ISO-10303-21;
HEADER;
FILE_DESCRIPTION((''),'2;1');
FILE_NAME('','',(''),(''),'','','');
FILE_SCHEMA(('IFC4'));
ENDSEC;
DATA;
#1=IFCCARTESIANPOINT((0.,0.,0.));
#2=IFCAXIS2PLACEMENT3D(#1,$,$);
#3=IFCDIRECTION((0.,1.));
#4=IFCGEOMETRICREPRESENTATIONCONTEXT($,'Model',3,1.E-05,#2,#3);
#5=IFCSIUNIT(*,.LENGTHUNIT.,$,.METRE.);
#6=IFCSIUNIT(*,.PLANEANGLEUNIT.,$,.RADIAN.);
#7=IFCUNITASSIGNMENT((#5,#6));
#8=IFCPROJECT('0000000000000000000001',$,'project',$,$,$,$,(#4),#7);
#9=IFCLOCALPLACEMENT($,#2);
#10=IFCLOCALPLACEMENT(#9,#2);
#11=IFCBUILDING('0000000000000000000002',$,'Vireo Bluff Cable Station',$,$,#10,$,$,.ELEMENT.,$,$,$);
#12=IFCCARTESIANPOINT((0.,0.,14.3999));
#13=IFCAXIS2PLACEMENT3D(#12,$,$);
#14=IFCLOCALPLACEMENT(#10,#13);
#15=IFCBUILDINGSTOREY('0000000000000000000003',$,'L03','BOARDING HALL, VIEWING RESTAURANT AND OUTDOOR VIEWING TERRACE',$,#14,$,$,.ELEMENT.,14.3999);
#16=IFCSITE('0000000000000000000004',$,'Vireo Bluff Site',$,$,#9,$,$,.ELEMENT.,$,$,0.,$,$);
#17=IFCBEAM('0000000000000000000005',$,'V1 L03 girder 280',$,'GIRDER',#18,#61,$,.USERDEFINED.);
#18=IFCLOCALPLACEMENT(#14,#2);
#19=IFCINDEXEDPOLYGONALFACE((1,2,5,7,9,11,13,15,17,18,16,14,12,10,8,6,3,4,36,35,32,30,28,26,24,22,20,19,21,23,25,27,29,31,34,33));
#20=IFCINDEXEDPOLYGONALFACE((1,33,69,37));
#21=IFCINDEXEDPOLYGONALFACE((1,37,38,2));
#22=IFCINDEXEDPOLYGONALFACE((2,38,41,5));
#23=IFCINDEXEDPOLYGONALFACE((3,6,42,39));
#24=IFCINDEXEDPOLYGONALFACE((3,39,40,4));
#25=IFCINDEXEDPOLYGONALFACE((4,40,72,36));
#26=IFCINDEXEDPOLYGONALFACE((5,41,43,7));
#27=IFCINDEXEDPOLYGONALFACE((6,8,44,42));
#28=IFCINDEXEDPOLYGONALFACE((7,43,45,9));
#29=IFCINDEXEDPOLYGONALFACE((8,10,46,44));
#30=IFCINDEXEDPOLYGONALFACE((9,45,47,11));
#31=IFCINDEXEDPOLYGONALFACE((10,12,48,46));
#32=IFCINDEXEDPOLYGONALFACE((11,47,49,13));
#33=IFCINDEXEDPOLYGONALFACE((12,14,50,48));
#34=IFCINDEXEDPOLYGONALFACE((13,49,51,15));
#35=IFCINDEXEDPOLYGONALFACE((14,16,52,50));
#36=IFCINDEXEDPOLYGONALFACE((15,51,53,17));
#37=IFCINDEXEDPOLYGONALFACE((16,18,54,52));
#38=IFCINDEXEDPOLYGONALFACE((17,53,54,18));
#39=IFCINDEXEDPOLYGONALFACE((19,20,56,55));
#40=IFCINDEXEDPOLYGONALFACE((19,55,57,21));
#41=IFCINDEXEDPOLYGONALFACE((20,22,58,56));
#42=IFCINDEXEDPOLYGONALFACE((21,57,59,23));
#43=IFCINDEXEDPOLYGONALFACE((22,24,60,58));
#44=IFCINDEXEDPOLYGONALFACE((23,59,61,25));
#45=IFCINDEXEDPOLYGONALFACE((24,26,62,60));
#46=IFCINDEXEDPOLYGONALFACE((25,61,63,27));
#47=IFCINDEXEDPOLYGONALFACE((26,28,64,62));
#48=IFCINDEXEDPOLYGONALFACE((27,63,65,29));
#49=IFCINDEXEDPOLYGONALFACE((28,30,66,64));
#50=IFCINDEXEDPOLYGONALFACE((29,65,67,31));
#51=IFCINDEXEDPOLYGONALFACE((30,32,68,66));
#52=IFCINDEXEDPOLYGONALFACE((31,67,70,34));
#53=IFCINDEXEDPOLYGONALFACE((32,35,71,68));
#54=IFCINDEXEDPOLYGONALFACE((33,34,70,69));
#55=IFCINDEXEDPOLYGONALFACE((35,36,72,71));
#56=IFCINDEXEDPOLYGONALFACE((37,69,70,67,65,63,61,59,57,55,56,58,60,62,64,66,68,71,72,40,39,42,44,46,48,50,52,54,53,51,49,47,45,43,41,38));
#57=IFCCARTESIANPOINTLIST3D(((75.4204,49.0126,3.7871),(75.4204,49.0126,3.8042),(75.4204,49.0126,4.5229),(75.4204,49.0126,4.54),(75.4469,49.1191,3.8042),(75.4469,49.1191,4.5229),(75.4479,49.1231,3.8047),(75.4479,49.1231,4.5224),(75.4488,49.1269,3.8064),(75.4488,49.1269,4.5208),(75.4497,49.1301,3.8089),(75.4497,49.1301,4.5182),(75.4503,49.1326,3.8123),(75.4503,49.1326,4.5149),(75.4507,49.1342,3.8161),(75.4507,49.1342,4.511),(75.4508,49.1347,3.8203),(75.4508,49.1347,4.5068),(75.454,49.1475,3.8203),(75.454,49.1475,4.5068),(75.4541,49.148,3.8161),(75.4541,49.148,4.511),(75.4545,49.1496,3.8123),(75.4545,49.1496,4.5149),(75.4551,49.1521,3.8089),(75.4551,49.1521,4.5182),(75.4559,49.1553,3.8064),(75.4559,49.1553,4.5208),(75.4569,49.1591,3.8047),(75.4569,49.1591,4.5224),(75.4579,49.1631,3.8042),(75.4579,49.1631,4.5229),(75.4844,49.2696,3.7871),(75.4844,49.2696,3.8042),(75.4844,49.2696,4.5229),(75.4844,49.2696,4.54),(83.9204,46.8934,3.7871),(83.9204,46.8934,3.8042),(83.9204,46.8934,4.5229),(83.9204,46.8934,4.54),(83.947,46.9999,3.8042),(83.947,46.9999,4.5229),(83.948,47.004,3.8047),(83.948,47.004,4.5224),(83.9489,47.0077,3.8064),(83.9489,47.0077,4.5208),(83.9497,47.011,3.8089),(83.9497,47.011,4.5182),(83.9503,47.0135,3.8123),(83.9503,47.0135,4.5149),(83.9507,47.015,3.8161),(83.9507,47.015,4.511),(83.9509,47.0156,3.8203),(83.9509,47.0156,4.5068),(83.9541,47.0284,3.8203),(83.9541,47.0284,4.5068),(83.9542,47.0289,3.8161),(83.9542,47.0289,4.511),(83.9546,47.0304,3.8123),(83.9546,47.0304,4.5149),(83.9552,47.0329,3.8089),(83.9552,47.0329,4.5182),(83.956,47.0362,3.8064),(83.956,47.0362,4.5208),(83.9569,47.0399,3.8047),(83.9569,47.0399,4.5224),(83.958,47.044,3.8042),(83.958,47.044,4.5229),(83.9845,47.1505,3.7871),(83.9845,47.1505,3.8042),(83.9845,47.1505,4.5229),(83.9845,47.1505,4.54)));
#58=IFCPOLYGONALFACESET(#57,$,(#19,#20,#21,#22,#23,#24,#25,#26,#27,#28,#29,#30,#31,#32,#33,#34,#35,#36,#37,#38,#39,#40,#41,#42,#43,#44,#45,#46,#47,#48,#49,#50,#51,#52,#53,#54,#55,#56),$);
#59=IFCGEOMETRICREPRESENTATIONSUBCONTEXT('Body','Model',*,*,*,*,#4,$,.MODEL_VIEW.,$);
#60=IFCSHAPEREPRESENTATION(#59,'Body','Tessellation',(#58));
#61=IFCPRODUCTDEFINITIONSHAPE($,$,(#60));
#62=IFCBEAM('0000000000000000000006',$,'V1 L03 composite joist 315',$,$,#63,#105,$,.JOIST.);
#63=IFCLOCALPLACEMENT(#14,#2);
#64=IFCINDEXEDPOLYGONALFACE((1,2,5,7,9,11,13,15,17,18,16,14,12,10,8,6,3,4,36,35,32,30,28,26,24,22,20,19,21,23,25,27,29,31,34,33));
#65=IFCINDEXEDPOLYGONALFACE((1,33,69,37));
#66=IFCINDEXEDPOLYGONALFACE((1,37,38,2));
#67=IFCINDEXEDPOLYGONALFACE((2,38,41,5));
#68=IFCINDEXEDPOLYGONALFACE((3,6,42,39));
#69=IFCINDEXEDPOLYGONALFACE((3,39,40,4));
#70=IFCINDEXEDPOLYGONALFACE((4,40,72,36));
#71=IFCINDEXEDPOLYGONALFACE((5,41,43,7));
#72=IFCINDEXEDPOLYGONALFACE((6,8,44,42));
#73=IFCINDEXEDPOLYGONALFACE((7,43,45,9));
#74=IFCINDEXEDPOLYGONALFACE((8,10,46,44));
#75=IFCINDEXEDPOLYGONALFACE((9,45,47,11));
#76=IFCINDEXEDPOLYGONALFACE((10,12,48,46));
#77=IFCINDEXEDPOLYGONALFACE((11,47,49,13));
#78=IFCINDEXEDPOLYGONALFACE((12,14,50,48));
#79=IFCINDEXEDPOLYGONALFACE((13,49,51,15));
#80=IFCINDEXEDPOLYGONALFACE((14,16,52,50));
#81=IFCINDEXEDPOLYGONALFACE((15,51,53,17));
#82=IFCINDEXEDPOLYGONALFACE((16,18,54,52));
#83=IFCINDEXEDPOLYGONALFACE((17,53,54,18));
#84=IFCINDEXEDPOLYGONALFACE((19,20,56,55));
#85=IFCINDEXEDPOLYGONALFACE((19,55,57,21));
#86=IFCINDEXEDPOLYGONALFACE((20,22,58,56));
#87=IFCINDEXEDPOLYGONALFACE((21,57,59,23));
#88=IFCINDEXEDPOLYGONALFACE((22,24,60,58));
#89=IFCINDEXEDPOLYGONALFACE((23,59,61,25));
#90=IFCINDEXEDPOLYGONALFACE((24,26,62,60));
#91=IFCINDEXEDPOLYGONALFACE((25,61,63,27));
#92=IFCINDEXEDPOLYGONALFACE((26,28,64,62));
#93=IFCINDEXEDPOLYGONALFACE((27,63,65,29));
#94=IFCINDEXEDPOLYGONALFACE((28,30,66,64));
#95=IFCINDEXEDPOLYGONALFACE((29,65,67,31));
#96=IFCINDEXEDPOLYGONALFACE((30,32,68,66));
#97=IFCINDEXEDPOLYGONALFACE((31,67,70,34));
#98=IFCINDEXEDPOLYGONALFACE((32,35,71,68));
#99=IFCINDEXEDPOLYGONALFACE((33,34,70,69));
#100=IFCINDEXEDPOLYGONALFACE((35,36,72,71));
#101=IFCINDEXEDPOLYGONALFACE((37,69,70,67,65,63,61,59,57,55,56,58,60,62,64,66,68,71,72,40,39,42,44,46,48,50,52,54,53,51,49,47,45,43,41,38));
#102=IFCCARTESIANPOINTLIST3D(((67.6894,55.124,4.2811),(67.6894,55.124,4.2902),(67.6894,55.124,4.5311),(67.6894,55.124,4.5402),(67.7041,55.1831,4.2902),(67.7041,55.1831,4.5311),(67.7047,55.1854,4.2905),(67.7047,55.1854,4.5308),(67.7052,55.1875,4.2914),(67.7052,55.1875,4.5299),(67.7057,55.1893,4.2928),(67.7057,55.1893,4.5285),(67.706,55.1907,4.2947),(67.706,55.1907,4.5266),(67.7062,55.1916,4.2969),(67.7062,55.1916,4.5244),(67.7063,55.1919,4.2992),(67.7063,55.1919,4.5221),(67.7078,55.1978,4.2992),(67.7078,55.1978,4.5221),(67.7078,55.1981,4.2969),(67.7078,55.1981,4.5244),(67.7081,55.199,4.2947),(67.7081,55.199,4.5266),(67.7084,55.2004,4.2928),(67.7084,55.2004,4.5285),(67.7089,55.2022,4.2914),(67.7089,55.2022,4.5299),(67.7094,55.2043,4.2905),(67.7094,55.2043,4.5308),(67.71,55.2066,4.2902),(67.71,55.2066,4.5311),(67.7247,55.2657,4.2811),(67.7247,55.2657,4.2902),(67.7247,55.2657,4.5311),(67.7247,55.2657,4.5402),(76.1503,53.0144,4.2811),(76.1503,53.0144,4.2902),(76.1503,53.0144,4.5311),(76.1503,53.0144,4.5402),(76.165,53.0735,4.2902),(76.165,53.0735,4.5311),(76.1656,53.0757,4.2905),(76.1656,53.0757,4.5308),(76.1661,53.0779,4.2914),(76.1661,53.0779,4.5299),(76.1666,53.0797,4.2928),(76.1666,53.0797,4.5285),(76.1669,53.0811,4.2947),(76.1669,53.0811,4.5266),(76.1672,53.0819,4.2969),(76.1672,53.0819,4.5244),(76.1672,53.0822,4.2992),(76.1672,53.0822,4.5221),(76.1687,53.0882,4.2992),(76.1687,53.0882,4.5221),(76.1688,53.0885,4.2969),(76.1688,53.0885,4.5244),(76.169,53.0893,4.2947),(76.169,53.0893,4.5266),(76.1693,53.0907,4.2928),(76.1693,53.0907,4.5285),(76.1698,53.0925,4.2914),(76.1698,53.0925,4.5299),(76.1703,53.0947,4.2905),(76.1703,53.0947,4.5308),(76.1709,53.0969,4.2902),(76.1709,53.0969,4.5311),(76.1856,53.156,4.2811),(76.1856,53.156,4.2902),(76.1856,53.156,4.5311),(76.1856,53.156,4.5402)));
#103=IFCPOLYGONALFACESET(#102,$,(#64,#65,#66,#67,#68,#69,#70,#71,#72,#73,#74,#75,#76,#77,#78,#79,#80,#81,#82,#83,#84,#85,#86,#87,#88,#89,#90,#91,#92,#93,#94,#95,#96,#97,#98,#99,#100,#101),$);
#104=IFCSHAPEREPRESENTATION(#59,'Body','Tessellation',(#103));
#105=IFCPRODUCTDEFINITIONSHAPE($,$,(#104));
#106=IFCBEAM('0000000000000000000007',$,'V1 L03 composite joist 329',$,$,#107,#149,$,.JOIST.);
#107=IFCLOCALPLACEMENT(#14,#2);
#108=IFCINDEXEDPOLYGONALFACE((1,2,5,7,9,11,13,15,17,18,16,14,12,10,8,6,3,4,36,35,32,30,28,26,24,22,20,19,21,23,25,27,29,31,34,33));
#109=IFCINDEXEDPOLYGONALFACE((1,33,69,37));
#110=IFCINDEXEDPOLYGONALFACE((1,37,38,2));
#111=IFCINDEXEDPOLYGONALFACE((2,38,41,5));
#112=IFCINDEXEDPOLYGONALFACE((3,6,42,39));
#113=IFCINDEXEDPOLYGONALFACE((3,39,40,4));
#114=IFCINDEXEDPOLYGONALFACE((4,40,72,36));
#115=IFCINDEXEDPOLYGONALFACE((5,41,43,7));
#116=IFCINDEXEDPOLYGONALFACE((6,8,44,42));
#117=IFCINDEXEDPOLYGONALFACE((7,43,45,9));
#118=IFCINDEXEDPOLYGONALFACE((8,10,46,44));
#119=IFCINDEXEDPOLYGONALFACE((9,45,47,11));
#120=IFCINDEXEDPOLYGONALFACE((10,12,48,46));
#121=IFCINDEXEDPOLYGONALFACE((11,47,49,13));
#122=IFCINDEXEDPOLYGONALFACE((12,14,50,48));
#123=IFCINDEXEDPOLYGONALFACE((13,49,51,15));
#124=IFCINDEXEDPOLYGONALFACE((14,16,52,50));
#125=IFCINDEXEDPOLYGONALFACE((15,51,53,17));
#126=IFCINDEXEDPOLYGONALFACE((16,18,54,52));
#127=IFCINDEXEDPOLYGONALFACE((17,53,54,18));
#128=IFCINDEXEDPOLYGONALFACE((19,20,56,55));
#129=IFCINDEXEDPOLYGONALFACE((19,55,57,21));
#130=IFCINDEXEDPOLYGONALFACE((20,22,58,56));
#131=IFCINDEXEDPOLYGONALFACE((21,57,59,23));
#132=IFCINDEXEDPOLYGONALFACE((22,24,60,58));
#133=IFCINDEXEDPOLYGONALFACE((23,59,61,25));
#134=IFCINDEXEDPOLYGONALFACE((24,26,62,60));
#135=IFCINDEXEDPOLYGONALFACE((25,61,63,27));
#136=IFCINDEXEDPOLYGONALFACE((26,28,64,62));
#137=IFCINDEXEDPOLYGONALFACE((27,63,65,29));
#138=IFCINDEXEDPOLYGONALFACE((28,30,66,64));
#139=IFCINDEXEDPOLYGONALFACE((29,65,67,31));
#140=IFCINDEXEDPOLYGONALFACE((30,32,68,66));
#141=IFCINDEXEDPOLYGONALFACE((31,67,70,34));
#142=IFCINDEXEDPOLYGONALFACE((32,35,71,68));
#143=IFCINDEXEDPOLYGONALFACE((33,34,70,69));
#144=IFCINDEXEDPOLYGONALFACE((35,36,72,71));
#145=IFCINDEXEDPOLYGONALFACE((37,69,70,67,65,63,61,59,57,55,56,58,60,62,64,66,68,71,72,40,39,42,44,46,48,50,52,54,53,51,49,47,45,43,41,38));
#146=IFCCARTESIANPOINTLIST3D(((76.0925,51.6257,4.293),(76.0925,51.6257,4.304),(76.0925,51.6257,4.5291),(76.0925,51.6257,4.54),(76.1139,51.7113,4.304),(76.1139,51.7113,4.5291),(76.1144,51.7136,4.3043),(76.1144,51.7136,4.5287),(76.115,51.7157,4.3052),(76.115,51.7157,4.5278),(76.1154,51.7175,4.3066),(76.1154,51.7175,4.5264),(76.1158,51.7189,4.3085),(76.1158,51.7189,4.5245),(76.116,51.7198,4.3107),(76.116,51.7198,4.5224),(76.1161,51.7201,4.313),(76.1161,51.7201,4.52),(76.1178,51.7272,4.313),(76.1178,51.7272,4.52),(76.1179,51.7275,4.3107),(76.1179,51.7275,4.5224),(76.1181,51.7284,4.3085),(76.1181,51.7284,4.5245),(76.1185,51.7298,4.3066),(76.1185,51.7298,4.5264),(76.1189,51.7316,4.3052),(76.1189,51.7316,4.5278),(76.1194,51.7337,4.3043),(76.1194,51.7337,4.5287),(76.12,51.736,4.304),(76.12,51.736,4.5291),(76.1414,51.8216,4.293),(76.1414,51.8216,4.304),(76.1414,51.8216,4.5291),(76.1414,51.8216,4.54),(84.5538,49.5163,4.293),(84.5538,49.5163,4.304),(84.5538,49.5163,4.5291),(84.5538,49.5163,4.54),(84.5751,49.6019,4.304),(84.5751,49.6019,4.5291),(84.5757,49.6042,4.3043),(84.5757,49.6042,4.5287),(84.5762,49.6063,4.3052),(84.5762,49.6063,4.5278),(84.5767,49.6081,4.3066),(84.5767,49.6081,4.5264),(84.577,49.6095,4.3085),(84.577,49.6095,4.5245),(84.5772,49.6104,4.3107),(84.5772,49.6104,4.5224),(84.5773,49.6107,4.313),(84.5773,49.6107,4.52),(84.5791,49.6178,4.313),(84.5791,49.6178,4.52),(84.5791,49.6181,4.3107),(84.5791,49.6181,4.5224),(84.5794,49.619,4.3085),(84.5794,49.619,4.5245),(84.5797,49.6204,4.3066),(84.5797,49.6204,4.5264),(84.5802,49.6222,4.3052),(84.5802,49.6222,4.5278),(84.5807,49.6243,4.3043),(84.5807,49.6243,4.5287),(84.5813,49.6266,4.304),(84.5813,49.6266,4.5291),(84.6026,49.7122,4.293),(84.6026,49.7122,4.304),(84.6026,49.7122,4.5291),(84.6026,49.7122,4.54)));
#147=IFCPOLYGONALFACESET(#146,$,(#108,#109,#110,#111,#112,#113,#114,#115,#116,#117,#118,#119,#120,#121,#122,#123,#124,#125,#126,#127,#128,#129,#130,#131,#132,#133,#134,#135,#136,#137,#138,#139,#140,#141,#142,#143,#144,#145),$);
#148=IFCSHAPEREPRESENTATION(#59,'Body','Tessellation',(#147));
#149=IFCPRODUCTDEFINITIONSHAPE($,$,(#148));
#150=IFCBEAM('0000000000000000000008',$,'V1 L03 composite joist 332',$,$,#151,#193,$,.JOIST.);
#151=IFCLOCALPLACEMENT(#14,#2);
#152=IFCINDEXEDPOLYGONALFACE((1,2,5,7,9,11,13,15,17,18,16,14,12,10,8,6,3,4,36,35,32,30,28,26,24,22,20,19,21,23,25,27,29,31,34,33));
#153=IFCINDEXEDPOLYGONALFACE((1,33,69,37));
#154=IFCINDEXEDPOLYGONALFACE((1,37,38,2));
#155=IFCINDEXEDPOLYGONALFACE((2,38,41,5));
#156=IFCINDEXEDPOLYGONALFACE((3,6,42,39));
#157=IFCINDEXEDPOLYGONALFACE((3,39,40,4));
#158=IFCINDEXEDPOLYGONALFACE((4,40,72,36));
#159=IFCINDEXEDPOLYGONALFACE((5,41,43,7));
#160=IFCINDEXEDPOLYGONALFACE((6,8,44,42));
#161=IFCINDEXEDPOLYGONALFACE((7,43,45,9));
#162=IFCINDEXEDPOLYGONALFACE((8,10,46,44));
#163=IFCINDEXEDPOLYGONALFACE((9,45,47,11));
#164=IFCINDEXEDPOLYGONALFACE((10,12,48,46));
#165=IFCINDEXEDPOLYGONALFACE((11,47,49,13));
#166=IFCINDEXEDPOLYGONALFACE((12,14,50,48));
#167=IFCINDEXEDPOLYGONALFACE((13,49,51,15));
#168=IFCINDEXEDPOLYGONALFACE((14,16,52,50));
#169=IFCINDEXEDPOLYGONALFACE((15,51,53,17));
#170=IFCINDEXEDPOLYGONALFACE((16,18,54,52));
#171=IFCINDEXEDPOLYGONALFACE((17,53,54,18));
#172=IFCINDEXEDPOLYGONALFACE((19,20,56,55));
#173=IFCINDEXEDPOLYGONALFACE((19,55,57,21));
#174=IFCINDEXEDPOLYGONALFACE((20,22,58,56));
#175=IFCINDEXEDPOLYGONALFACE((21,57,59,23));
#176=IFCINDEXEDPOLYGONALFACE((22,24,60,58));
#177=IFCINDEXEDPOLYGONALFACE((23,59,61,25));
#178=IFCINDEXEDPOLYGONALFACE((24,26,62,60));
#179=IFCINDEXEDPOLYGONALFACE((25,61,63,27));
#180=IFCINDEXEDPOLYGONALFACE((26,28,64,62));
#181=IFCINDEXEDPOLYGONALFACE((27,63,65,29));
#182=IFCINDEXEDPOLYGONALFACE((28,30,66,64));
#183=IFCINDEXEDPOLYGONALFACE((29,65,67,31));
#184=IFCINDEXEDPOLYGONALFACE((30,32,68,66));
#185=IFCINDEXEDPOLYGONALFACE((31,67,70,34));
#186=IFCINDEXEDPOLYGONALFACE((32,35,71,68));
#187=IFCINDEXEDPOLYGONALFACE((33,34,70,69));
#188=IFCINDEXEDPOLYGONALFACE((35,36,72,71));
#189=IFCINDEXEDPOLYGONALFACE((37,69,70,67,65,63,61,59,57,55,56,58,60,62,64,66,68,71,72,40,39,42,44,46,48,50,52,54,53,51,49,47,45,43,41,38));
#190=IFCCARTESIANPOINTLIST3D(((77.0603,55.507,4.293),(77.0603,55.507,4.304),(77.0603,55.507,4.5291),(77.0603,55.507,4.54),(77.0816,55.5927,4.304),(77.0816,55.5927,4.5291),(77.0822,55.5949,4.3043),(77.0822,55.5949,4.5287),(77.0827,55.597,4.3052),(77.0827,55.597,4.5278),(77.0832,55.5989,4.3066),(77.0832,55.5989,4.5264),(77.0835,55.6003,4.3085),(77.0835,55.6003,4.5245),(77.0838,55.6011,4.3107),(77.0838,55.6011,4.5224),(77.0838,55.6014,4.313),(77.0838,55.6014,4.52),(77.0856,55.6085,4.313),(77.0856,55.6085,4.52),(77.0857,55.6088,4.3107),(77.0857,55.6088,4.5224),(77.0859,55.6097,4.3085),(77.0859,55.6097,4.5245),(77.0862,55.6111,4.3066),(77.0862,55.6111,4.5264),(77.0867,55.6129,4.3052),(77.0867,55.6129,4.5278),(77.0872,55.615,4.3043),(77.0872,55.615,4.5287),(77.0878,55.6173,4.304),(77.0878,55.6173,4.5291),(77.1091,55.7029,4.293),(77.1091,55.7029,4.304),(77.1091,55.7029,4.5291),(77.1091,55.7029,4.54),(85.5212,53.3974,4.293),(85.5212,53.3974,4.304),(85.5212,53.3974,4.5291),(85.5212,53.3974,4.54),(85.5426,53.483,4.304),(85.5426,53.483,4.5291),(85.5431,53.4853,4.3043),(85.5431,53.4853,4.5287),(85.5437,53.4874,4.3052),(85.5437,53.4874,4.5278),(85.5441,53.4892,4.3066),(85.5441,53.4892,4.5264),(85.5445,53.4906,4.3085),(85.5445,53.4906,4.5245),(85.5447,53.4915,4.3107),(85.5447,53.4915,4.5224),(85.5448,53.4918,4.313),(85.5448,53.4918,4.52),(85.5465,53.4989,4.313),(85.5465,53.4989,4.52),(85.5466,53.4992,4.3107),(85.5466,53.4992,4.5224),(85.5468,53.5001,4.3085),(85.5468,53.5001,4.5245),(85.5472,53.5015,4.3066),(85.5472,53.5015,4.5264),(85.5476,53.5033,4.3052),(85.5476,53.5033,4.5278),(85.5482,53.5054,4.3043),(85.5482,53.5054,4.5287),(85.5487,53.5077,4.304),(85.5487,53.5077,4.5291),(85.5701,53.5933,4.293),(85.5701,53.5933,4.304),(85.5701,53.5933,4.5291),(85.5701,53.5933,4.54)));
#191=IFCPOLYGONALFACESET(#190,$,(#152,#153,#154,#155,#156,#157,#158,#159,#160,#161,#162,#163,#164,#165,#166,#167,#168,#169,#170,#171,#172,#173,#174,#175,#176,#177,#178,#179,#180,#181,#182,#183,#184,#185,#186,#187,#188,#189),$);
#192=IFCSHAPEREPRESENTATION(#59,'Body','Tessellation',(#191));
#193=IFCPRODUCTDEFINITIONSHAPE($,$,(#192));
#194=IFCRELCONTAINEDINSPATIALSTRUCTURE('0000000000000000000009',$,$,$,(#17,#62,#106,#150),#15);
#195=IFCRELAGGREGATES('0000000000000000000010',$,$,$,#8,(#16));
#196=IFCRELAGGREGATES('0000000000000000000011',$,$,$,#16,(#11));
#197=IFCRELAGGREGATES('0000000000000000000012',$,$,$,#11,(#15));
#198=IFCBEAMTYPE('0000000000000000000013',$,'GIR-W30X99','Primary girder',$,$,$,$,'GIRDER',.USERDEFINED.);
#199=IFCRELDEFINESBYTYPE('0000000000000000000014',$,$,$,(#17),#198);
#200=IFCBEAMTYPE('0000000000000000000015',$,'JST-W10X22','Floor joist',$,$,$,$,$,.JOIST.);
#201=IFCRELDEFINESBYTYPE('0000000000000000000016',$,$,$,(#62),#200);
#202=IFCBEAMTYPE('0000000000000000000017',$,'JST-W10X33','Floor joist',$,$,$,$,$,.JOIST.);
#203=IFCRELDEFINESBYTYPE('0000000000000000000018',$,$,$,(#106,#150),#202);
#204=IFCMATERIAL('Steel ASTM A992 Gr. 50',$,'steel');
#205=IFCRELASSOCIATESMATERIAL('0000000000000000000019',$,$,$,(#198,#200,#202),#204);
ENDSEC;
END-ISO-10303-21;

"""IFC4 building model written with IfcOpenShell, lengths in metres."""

from ifc_helpers import new_model, si_unit, direction, frame, origin, origin_2d, place, context, subcontext, project, spatial, i_section, extrude, material, material_profile, profile_set, type_object, element, save


model = new_model("IFC4")

# Units and contexts
model_context = context("Model", 3, precision=1e-05, world=origin(), true_north=direction((0.0, 1.0)))
body_context = subcontext(model_context, "Body", "Model", "MODEL_VIEW")
ifc_project = project(units=[si_unit("LENGTHUNIT", "METRE"), si_unit("PLANEANGLEUNIT", "RADIAN")], contexts=[model_context])

# Site, building, storey
site_placement = place(None, origin())
site = spatial("IfcSite", under=ifc_project, at=site_placement, Name="Vireo Bluff Site", CompositionType="ELEMENT", RefElevation=0.0)
building_placement = place(site_placement, origin())
building = spatial("IfcBuilding", under=site, at=building_placement, Name="Vireo Bluff Cable Station", CompositionType="ELEMENT")
storey_placement = place(building_placement, frame((0.0, 0.0, 14.3999)))
storey = spatial("IfcBuildingStorey", under=building, at=storey_placement, Name="L03", Description="BOARDING HALL, VIEWING RESTAURANT AND OUTDOOR VIEWING TERRACE", CompositionType="ELEMENT", Elevation=14.3999)

# Shared definitions
ifc_material_1 = material(Name="Steel ASTM A992 Gr. 50", Category="steel")

# Beams
ifc_material_profile_1 = material_profile(ifc_material_1, i_section(OverallWidth=0.2649, OverallDepth=0.7529, WebThickness=0.0132, FlangeThickness=0.0171, FilletRadius=0.0161, at=origin_2d()), Name="W30X99")
ifc_profile_set_1 = profile_set([ifc_material_profile_1], Name="Steel ASTM A992 Gr. 50")
beam_type_1 = type_object("IfcBeamType", Name="GIR-W30X99", Description="Primary girder", ElementType="GIRDER", PredefinedType="USERDEFINED", material=ifc_profile_set_1)
beam_1_placement = place(storey_placement, frame((75.4524, 49.1411, 4.1636), z_axis=(0.9703, -0.241906, 0.0), x_axis=(0.241906, 0.9703, 0.0)))
element("IfcBeam", 1, at=beam_1_placement, inside=storey, type_object=beam_type_1, Name="V1 L03 girder 280", ObjectType="GIRDER", PredefinedType="USERDEFINED", context=body_context, shape_type="SweptSolid", body=[
    extrude(i_section(OverallWidth=0.2649, OverallDepth=0.7529, WebThickness=0.0132, FlangeThickness=0.0171, FilletRadius=0.0161, at=origin_2d()), origin(), (0.0, 0.0, 1.0), 8.7603),
])
ifc_material_profile_2 = material_profile(ifc_material_1, i_section(OverallWidth=0.146, OverallDepth=0.259, WebThickness=0.0061, FlangeThickness=0.009, FilletRadius=0.009, at=origin_2d()), Name="W10X22")
ifc_profile_set_2 = profile_set([ifc_material_profile_2], Name="Steel ASTM A992 Gr. 50")
beam_type_2 = type_object("IfcBeamType", Name="JST-W10X22", Description="Floor joist", PredefinedType="JOIST", material=ifc_profile_set_2)
beam_2_placement = place(storey_placement, frame((67.707, 55.1948, 4.4106), z_axis=(0.970294, -0.24193, 0.0), x_axis=(0.24193, 0.970294, 0.0)))
element("IfcBeam", 2, at=beam_2_placement, inside=storey, type_object=beam_type_2, Name="V1 L03 composite joist 315", PredefinedType="JOIST", context=body_context, shape_type="SweptSolid", body=[
    extrude(i_section(OverallWidth=0.146, OverallDepth=0.259, WebThickness=0.0061, FlangeThickness=0.009, FilletRadius=0.009, at=origin_2d()), origin(), (0.0, 0.0, 1.0), 8.72),
])
ifc_material_profile_3 = material_profile(ifc_material_1, i_section(OverallWidth=0.2019, OverallDepth=0.2471, WebThickness=0.0073, FlangeThickness=0.011, FilletRadius=0.009, at=origin_2d()), Name="W10X33")
ifc_profile_set_3 = profile_set([ifc_material_profile_3], Name="Steel ASTM A992 Gr. 50")
beam_type_3 = type_object("IfcBeamType", Name="JST-W10X33", Description="Floor joist", PredefinedType="JOIST", material=ifc_profile_set_3)
beam_3_placement = place(storey_placement, frame((76.1169, 51.7236, 4.4165), z_axis=(0.970302, -0.241897, 0.0), x_axis=(0.241897, 0.970302, 0.0)))
element("IfcBeam", 3, at=beam_3_placement, inside=storey, type_object=beam_type_3, Name="V1 L03 composite joist 329", PredefinedType="JOIST", context=body_context, shape_type="SweptSolid", body=[
    extrude(i_section(OverallWidth=0.2019, OverallDepth=0.2471, WebThickness=0.0073, FlangeThickness=0.011, FilletRadius=0.009, at=origin_2d()), origin(), (0.0, 0.0, 1.0), 8.7202),
])
beam_4_placement = place(storey_placement, frame((77.0847, 55.605, 4.4165), z_axis=(0.970294, -0.24193, 0.0), x_axis=(0.24193, 0.970294, 0.0)))
element("IfcBeam", 4, at=beam_4_placement, inside=storey, type_object=beam_type_3, Name="V1 L03 composite joist 332", PredefinedType="JOIST", context=body_context, shape_type="SweptSolid", body=[
    extrude(i_section(OverallWidth=0.2019, OverallDepth=0.2471, WebThickness=0.0073, FlangeThickness=0.011, FilletRadius=0.009, at=origin_2d()), origin(), (0.0, 0.0, 1.0), 8.72),
])

save(model, "model.ifc")
